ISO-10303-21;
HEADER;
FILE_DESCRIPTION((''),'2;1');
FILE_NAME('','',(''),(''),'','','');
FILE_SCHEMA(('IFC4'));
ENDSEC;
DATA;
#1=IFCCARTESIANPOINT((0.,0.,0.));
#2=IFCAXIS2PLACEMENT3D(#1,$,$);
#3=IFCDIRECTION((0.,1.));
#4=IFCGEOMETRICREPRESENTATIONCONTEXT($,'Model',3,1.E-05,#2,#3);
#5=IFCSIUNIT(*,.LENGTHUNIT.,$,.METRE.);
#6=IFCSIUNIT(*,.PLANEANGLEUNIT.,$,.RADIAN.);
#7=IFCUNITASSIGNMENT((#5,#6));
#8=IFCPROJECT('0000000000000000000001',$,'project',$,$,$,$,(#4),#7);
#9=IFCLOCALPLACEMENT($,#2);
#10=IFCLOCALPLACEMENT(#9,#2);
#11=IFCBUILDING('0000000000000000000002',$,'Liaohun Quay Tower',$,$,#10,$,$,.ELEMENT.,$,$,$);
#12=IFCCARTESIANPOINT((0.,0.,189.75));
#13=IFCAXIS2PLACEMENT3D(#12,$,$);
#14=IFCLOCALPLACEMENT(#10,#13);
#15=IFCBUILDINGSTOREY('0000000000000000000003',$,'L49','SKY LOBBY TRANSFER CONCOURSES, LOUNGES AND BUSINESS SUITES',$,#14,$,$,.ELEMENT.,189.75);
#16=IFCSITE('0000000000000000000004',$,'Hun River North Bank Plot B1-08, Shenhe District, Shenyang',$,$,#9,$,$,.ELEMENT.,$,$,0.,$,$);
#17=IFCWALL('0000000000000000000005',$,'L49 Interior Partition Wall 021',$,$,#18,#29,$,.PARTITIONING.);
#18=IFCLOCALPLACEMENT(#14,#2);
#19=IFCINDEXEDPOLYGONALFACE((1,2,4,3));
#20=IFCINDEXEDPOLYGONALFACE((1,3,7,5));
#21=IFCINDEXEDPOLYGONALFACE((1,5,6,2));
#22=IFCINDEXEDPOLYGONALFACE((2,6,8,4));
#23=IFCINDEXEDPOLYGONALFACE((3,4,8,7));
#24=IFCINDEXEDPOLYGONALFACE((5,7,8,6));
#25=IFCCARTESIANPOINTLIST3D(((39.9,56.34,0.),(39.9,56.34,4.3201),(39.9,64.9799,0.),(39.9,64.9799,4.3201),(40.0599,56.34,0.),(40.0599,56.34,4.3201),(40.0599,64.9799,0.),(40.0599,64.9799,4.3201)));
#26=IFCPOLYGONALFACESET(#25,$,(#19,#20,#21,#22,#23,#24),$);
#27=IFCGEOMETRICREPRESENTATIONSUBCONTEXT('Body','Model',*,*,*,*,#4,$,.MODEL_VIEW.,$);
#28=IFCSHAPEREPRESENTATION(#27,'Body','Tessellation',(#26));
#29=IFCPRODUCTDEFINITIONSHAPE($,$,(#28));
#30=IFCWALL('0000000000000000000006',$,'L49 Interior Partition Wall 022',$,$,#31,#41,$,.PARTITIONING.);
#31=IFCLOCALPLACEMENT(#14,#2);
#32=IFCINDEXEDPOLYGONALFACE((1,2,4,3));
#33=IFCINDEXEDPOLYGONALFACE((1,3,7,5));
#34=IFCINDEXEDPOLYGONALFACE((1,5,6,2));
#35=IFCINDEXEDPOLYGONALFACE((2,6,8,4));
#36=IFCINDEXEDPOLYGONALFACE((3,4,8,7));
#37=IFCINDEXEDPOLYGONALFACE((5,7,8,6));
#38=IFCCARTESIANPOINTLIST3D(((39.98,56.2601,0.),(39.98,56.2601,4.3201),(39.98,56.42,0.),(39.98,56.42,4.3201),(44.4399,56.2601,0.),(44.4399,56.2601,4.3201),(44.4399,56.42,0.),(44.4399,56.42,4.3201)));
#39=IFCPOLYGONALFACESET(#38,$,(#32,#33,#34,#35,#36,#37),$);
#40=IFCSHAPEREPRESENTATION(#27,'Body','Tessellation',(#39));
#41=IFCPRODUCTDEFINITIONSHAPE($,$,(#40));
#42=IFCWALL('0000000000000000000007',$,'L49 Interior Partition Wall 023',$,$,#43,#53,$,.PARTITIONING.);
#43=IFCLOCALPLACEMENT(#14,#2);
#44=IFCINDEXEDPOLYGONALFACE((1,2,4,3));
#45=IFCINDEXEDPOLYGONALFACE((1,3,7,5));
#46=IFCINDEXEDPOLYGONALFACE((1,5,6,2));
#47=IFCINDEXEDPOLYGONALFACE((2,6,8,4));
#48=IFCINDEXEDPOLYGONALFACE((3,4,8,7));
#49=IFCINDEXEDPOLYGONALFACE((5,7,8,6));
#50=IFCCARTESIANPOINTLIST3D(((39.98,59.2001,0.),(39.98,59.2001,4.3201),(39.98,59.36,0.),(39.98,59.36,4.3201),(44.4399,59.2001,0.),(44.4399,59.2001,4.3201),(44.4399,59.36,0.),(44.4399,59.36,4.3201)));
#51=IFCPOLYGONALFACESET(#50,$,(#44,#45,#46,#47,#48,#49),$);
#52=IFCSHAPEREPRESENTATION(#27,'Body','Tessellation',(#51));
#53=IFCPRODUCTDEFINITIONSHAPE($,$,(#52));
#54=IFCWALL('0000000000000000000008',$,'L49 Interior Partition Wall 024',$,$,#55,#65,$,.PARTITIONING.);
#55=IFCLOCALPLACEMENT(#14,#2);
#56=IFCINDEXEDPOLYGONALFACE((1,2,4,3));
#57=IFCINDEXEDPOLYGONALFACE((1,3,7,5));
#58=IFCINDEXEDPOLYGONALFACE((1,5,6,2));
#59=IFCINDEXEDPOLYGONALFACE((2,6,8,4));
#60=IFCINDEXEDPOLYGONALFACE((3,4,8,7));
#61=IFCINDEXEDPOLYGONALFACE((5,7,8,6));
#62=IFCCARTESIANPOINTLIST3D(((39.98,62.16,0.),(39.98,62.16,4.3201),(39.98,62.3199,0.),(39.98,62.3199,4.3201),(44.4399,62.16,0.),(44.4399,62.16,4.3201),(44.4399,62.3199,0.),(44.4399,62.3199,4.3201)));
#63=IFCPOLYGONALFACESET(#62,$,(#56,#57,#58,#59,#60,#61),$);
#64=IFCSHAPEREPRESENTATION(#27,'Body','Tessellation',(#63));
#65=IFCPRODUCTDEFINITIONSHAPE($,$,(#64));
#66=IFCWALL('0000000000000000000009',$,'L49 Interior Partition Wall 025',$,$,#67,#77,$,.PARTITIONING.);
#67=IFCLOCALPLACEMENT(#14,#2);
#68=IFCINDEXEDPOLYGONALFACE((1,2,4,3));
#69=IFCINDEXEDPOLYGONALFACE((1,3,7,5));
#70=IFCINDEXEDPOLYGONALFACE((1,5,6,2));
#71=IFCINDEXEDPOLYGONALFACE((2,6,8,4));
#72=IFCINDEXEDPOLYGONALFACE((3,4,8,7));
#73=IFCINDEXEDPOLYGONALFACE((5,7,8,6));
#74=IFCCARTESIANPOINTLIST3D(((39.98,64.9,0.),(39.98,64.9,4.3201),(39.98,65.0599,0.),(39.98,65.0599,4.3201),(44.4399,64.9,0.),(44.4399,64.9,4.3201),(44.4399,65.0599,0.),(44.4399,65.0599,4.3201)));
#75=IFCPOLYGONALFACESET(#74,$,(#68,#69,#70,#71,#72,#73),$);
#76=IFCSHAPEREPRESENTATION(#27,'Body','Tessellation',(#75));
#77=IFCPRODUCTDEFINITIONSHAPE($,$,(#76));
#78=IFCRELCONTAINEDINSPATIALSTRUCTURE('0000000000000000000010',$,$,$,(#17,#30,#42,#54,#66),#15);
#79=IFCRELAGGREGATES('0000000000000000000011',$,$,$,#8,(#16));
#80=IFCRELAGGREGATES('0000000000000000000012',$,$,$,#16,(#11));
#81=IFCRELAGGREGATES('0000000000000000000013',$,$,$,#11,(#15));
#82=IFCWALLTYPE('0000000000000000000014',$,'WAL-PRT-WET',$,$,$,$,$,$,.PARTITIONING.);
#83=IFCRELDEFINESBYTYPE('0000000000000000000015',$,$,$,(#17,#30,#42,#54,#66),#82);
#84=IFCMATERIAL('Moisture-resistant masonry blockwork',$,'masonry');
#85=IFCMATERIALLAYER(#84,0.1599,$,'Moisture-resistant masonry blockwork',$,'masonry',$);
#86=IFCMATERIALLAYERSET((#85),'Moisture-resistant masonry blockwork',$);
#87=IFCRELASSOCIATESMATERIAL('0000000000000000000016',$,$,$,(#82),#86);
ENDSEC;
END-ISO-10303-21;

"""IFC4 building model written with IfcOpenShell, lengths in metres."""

from ifc_helpers import new_model, si_unit, direction, frame, frame_2d, origin, place, context, subcontext, project, spatial, rectangle, extrude, material, layer, layer_set, type_object, element, save


model = new_model("IFC4")

# Units and contexts
model_context = context("Model", 3, precision=1e-05, world=origin(), true_north=direction((0.0, 1.0)))
body_context = subcontext(model_context, "Body", "Model", "MODEL_VIEW")
ifc_project = project(units=[si_unit("LENGTHUNIT", "METRE"), si_unit("PLANEANGLEUNIT", "RADIAN")], contexts=[model_context])

# Site, building, storey
site_placement = place(None, origin())
site = spatial("IfcSite", under=ifc_project, at=site_placement, Name="Hun River North Bank Plot B1-08, Shenhe District, Shenyang", CompositionType="ELEMENT", RefElevation=0.0)
building_placement = place(site_placement, origin())
building = spatial("IfcBuilding", under=site, at=building_placement, Name="Liaohun Quay Tower", CompositionType="ELEMENT")
storey_placement = place(building_placement, frame((0.0, 0.0, 189.75)))
storey = spatial("IfcBuildingStorey", under=building, at=storey_placement, Name="L49", Description="SKY LOBBY TRANSFER CONCOURSES, LOUNGES AND BUSINESS SUITES", CompositionType="ELEMENT", Elevation=189.75)

# Shared definitions
ifc_material_1 = material(Name="Moisture-resistant masonry blockwork", Category="masonry")
ifc_layer_1 = layer(ifc_material_1, 0.1599, Name="Moisture-resistant masonry blockwork", Category="masonry")
ifc_layer_set_1 = layer_set([ifc_layer_1], Name="Moisture-resistant masonry blockwork")
wall_type = type_object("IfcWallType", Name="WAL-PRT-WET", PredefinedType="PARTITIONING", material=ifc_layer_set_1)

# Walls
wall_1_placement = place(storey_placement, frame((39.98, 56.3401, 0.0), z_axis=(0.0, 0.0, 1.0), x_axis=(0.0, 1.0, 0.0)))
element("IfcWall", 1, at=wall_1_placement, inside=storey, type_object=wall_type, Name="L49 Interior Partition Wall 021", PredefinedType="PARTITIONING", context=body_context, shape_type="SweptSolid", body=[
    extrude(rectangle(XDim=8.6399, YDim=0.1599, at=frame_2d((4.3198, 0.0))), origin(), (0.0, 0.0, 1.0), 4.3201),
])
for number, where, z_axis, x_axis, name in (
    (2, (39.98, 56.3401, 0.0), (0.0, 0.0, 1.0), (1.0, 0.0, 0.0), "L49 Interior Partition Wall 022"),
    (3, (39.98, 59.28, 0.0), (0.0, 0.0, 1.0), (1.0, 0.0, 0.0), "L49 Interior Partition Wall 023"),
    (4, (39.98, 62.24, 0.0), (0.0, 0.0, 1.0), (1.0, 0.0, 0.0), "L49 Interior Partition Wall 024"),
    (5, (39.98, 64.98, 0.0), (0.0, 0.0, 1.0), (1.0, 0.0, 0.0), "L49 Interior Partition Wall 025"),
):
    element("IfcWall", number, at=place(storey_placement, frame(where, z_axis=z_axis, x_axis=x_axis)), inside=storey, type_object=wall_type, Name=name, PredefinedType="PARTITIONING", context=body_context, shape_type="SweptSolid", body=[
        extrude(rectangle(XDim=4.46, YDim=0.1599, at=frame_2d((2.23, 0.0))), origin(), (0.0, 0.0, 1.0), 4.3201),
    ])

save(model, "model.ifc")
